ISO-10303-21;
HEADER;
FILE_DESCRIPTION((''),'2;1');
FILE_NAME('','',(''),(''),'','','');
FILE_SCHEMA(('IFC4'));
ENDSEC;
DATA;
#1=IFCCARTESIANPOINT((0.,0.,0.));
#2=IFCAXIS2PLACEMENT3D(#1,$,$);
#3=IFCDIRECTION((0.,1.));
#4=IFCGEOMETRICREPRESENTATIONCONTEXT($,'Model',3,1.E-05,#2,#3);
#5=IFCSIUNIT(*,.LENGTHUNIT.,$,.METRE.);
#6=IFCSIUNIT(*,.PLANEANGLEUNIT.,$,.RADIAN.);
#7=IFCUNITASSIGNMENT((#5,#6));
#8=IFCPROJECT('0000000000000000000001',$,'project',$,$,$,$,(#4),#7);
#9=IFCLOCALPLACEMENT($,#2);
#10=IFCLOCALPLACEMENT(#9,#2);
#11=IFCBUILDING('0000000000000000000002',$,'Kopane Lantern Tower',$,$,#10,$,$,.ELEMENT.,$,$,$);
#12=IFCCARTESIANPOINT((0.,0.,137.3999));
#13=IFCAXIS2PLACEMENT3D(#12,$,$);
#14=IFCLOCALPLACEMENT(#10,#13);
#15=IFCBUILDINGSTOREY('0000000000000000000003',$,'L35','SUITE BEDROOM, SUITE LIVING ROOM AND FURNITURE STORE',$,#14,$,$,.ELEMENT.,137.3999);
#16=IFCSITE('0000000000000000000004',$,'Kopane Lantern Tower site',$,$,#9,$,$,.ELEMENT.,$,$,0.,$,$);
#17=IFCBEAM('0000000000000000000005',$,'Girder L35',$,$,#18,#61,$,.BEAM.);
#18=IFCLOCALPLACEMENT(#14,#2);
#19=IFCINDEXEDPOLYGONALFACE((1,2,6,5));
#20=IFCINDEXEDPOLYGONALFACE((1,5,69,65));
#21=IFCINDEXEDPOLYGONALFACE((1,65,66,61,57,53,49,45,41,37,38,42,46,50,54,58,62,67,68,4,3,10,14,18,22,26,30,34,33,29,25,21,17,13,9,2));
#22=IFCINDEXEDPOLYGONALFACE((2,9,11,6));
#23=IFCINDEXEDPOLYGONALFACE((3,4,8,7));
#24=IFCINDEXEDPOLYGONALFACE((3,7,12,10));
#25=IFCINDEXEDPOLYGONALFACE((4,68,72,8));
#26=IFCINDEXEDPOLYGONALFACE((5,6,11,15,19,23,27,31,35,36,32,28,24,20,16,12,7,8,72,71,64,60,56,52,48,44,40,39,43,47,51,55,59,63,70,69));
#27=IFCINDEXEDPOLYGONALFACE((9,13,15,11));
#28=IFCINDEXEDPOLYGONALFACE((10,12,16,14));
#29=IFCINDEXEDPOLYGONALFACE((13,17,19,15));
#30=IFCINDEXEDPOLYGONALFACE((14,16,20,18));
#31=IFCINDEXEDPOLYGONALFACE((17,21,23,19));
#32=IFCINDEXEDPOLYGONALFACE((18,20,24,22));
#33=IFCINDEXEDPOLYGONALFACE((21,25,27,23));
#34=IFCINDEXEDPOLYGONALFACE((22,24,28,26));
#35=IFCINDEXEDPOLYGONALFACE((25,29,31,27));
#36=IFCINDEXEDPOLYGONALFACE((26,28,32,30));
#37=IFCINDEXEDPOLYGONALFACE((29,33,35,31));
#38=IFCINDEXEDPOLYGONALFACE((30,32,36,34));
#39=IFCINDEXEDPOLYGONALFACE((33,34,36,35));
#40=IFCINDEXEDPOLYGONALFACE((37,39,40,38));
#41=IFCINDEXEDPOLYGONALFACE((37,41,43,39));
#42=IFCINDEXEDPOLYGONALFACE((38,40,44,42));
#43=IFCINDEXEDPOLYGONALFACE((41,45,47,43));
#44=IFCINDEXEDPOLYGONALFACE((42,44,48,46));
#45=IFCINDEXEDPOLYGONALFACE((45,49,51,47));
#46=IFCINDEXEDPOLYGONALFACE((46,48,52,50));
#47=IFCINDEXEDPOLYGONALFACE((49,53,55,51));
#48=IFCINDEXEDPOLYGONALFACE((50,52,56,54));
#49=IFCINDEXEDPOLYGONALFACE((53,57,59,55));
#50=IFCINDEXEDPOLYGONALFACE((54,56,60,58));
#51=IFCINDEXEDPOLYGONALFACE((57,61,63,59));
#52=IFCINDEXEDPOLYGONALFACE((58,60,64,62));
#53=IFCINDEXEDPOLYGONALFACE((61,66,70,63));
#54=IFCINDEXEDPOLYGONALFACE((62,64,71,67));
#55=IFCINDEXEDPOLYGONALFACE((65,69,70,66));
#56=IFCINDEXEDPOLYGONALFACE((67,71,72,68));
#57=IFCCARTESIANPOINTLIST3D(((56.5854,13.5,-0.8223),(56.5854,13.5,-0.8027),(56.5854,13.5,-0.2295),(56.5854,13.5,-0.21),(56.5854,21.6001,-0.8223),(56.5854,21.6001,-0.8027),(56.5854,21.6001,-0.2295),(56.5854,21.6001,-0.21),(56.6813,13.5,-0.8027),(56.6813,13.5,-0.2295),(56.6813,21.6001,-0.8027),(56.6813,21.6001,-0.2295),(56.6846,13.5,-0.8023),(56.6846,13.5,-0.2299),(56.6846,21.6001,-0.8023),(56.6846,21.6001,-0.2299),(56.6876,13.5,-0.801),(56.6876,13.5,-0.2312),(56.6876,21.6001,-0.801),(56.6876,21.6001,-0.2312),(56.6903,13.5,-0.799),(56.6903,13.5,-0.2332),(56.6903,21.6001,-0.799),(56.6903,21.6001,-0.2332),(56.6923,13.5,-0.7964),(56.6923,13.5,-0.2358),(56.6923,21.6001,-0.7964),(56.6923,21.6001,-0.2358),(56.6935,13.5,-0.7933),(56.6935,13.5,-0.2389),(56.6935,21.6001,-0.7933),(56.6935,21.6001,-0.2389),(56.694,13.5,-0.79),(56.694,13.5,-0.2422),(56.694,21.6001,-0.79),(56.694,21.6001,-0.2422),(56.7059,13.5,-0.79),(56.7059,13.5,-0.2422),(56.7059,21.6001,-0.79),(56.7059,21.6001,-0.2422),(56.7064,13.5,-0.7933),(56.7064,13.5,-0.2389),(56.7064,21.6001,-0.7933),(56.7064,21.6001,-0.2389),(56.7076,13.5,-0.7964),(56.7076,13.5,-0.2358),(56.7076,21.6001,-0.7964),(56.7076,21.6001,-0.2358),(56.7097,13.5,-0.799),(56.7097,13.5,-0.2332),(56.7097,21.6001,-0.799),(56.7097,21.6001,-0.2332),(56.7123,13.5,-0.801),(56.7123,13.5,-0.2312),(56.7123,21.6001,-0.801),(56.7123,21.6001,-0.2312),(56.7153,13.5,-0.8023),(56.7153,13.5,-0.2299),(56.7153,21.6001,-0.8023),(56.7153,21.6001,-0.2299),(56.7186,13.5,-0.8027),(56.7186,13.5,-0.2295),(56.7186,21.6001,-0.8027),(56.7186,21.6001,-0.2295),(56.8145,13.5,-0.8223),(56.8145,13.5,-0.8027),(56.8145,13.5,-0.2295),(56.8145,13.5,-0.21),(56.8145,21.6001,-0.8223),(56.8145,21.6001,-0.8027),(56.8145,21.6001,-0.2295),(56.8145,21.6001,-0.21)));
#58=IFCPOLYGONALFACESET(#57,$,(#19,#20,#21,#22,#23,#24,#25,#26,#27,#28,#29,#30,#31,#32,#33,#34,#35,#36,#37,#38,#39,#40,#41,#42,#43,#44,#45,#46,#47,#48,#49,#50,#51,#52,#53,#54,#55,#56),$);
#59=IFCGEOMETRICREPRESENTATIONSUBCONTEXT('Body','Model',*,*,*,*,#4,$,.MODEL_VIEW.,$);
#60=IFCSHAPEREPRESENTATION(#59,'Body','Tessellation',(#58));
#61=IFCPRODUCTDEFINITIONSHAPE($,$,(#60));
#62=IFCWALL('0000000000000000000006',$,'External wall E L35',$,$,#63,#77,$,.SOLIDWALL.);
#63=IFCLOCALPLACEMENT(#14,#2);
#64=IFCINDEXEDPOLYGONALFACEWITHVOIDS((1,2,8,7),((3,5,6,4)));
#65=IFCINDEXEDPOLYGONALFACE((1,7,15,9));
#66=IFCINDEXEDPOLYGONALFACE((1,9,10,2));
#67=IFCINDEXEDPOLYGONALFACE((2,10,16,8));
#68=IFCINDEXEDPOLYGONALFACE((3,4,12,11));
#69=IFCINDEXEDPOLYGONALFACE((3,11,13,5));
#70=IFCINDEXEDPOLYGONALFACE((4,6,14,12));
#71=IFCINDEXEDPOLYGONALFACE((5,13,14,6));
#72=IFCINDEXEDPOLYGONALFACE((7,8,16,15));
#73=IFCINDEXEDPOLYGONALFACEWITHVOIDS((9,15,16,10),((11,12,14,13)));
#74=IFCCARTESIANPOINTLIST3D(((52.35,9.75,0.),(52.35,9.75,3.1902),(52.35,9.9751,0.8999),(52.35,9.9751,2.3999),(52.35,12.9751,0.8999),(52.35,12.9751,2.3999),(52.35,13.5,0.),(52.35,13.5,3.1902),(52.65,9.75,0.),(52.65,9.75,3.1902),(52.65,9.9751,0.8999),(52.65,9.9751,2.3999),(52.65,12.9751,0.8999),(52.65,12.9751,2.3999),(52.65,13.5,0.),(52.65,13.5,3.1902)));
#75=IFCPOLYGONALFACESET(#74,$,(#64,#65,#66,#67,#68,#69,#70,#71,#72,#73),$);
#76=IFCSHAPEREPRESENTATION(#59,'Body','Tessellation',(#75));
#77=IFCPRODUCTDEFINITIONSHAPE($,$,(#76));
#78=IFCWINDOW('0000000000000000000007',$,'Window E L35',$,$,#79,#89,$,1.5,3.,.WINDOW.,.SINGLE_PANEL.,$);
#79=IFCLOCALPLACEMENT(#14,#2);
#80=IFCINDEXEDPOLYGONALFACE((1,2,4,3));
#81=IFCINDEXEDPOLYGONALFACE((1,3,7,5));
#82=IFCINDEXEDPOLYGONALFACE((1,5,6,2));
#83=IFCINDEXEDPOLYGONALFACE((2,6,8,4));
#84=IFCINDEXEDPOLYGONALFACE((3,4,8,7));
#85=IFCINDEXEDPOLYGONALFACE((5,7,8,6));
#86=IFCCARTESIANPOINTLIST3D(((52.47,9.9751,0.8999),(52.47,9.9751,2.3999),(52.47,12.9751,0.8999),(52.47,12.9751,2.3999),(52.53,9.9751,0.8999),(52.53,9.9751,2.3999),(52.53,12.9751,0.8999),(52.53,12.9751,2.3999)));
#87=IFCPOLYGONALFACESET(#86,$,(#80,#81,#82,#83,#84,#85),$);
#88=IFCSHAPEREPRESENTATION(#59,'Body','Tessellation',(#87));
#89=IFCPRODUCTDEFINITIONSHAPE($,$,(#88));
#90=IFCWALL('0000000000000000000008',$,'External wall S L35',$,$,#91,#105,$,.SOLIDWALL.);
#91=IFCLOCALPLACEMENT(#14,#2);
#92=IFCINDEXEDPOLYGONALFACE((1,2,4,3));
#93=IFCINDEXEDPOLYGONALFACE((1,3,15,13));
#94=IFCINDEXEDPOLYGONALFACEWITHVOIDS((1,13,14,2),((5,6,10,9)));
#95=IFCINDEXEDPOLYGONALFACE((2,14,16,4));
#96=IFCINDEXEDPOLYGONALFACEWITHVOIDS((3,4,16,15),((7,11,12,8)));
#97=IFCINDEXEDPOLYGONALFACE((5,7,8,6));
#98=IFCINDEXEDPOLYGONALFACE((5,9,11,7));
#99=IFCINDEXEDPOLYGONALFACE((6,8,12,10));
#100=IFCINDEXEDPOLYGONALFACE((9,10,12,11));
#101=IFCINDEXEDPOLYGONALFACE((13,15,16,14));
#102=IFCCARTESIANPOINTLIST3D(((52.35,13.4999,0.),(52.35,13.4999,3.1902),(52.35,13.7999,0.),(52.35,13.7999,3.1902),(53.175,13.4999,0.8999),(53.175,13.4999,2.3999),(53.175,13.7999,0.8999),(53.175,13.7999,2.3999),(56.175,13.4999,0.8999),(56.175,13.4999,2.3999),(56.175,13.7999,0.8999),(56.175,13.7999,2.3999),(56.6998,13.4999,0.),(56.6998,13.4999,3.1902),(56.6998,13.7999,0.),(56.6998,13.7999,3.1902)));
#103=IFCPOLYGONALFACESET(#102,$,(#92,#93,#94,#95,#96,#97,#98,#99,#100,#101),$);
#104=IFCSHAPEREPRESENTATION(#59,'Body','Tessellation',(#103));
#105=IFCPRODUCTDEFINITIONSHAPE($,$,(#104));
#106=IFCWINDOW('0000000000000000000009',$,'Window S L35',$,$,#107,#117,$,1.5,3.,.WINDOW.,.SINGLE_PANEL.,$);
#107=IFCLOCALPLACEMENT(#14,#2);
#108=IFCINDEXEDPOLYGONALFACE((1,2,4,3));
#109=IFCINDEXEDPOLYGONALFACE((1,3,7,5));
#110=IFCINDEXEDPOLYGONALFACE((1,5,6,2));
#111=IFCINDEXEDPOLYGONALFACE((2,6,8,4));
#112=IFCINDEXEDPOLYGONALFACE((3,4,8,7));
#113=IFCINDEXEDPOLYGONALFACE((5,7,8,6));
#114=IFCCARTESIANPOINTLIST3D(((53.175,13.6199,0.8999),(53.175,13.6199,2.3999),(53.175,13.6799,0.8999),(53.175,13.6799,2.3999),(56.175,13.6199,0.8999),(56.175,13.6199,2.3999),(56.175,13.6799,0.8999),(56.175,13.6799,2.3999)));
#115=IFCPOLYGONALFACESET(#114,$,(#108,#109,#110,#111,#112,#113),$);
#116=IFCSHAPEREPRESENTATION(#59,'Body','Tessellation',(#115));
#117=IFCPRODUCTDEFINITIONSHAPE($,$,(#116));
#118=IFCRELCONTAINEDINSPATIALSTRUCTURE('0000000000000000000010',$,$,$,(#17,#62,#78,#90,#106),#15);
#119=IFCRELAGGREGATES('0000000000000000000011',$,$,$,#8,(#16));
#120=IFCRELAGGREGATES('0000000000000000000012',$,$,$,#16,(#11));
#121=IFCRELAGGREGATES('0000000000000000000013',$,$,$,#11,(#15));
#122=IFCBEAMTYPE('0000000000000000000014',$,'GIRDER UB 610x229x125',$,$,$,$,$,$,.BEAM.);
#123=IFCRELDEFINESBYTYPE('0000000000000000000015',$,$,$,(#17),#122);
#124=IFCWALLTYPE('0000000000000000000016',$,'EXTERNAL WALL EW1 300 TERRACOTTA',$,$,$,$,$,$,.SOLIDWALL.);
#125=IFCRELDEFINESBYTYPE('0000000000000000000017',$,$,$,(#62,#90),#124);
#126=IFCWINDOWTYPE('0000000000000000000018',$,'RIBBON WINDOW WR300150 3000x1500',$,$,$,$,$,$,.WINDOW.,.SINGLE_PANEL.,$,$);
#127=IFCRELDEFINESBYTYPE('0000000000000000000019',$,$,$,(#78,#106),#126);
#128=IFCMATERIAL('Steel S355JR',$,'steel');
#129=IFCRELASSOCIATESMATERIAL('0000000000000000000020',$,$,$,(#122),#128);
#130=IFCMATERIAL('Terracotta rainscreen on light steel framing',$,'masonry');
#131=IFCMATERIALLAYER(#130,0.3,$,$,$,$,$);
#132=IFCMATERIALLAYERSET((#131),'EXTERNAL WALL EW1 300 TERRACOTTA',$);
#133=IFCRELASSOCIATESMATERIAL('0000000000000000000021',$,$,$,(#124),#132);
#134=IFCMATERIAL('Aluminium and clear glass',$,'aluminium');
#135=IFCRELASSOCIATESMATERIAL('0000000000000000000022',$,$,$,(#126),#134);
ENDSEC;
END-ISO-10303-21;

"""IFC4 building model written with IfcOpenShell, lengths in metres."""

from ifc_helpers import new_model, si_unit, direction, frame, frame_2d, origin, origin_2d, place, context, subcontext, project, spatial, rectangle, i_section, extrude, material, layer, layer_set, material_profile, profile_set, type_object, element, fill, save


model = new_model("IFC4")

# Units and contexts
model_context = context("Model", 3, precision=1e-05, world=origin(), true_north=direction((0.0, 1.0)))
body_context = subcontext(model_context, "Body", "Model", "MODEL_VIEW")
ifc_project = project(units=[si_unit("LENGTHUNIT", "METRE"), si_unit("PLANEANGLEUNIT", "RADIAN")], contexts=[model_context])

# Site, building, storey
site_placement = place(None, origin())
site = spatial("IfcSite", under=ifc_project, at=site_placement, Name="Kopane Lantern Tower site", CompositionType="ELEMENT", RefElevation=0.0)
building_placement = place(site_placement, origin())
building = spatial("IfcBuilding", under=site, at=building_placement, Name="Kopane Lantern Tower", CompositionType="ELEMENT")
storey_placement = place(building_placement, frame((0.0, 0.0, 137.3999)))
storey = spatial("IfcBuildingStorey", under=building, at=storey_placement, Name="L35", Description="SUITE BEDROOM, SUITE LIVING ROOM AND FURNITURE STORE", CompositionType="ELEMENT", Elevation=137.3999)

# Beam
ifc_material_1 = material(Name="Steel S355JR", Category="steel")
ifc_material_profile_1 = material_profile(ifc_material_1, i_section(OverallWidth=0.229, OverallDepth=0.6123, WebThickness=0.012, FlangeThickness=0.0195, FilletRadius=0.0127, at=origin_2d()), Name="UB 610x229x125")
ifc_profile_set_1 = profile_set([ifc_material_profile_1], Name="Steel S355JR")
beam_type_1 = type_object("IfcBeamType", Name="GIRDER UB 610x229x125", PredefinedType="BEAM", material=ifc_profile_set_1)
beam_1_placement = place(storey_placement, frame((56.7, 13.5, -0.5161), z_axis=(0.0, 1.0, 0.0), x_axis=(-1.0, 0.0, 0.0)))
element("IfcBeam", 1, at=beam_1_placement, inside=storey, type_object=beam_type_1, Name="Girder L35", PredefinedType="BEAM", context=body_context, shape_type="SweptSolid", body=[
    extrude(i_section(OverallWidth=0.229, OverallDepth=0.6123, WebThickness=0.012, FlangeThickness=0.0195, FilletRadius=0.0127, at=origin_2d()), origin(), (0.0, 0.0, 1.0), 8.1001),
])

# Walls, openings, windows
ifc_material_2 = material(Name="Terracotta rainscreen on light steel framing", Category="masonry")
ifc_layer = layer(ifc_material_2, 0.3)
ifc_layer_set = layer_set([ifc_layer], Name="EXTERNAL WALL EW1 300 TERRACOTTA")
wall_type = type_object("IfcWallType", Name="EXTERNAL WALL EW1 300 TERRACOTTA", PredefinedType="SOLIDWALL", material=ifc_layer_set)
wall_1_placement = place(storey_placement, frame((52.5, 9.75, 0.0), z_axis=(0.0, 0.0, 1.0), x_axis=(0.0, 1.0, 0.0)))
wall_1 = element("IfcWall", 2, at=wall_1_placement, inside=storey, type_object=wall_type, Name="External wall E L35", PredefinedType="SOLIDWALL", context=body_context, shape_type="SweptSolid", body=[
    extrude(rectangle(XDim=3.75, YDim=0.3, at=frame_2d((1.875, 0.0))), origin(), (0.0, 0.0, 1.0), 3.1902),
])
opening_1_placement = place(wall_1_placement, frame((0.2251, 0.0, 0.8999)))
opening_1 = element("IfcOpeningElement", 3, at=opening_1_placement, cuts=wall_1, PredefinedType="OPENING", context=body_context, shape_type="SweptSolid", body=[
    extrude(rectangle(XDim=3.0, YDim=1.5, at=frame_2d((1.5, 0.75))), frame((0.0, 0.1599, 0.0), z_axis=(0.0, -1.0, 0.0), x_axis=(1.0, 0.0, 0.0)), (0.0, 0.0, 1.0), 0.3201),
])
ifc_material_3 = material(Name="Aluminium and clear glass", Category="aluminium")
window_type_1 = type_object("IfcWindowType", Name="RIBBON WINDOW WR300150 3000x1500", PartitioningType="SINGLE_PANEL", PredefinedType="WINDOW", material=ifc_material_3)
window_1_placement = place(opening_1_placement, origin())
window_1 = element("IfcWindow", 4, at=window_1_placement, inside=storey, type_object=window_type_1, Name="Window E L35", OverallHeight=1.5, OverallWidth=3.0, PartitioningType="SINGLE_PANEL", PredefinedType="WINDOW", context=body_context, shape_type="SweptSolid", body=[
    extrude(rectangle(XDim=3.0, YDim=1.5, at=frame_2d((1.5, 0.75))), frame((0.0, 0.03, 0.0), z_axis=(0.0, -1.0, 0.0), x_axis=(1.0, 0.0, 0.0)), (0.0, 0.0, 1.0), 0.0601),
])
fill(opening_1, window_1)
wall_2_placement = place(storey_placement, frame((52.3501, 13.6499, 0.0), z_axis=(0.0, 0.0, 1.0), x_axis=(1.0, 0.0, 0.0)))
wall_2 = element("IfcWall", 5, at=wall_2_placement, inside=storey, type_object=wall_type, Name="External wall S L35", PredefinedType="SOLIDWALL", context=body_context, shape_type="SweptSolid", body=[
    extrude(rectangle(XDim=4.3499, YDim=0.3, at=frame_2d((2.1748, 0.0))), origin(), (0.0, 0.0, 1.0), 3.1902),
])
opening_2_placement = place(wall_2_placement, frame((0.825, 0.0, 0.8999)))
opening_2 = element("IfcOpeningElement", 6, at=opening_2_placement, cuts=wall_2, PredefinedType="OPENING", context=body_context, shape_type="SweptSolid", body=[
    extrude(rectangle(XDim=3.0, YDim=1.5, at=frame_2d((1.5, 0.75))), frame((0.0, 0.1599, 0.0), z_axis=(0.0, -1.0, 0.0), x_axis=(1.0, 0.0, 0.0)), (0.0, 0.0, 1.0), 0.3201),
])
window_2_placement = place(opening_2_placement, origin())
window_2 = element("IfcWindow", 7, at=window_2_placement, inside=storey, type_object=window_type_1, Name="Window S L35", OverallHeight=1.5, OverallWidth=3.0, PartitioningType="SINGLE_PANEL", PredefinedType="WINDOW", context=body_context, shape_type="SweptSolid", body=[
    extrude(rectangle(XDim=3.0, YDim=1.5, at=frame_2d((1.5, 0.75))), frame((0.0, 0.03, 0.0), z_axis=(0.0, -1.0, 0.0), x_axis=(1.0, 0.0, 0.0)), (0.0, 0.0, 1.0), 0.0601),
])
fill(opening_2, window_2)

save(model, "model.ifc")
